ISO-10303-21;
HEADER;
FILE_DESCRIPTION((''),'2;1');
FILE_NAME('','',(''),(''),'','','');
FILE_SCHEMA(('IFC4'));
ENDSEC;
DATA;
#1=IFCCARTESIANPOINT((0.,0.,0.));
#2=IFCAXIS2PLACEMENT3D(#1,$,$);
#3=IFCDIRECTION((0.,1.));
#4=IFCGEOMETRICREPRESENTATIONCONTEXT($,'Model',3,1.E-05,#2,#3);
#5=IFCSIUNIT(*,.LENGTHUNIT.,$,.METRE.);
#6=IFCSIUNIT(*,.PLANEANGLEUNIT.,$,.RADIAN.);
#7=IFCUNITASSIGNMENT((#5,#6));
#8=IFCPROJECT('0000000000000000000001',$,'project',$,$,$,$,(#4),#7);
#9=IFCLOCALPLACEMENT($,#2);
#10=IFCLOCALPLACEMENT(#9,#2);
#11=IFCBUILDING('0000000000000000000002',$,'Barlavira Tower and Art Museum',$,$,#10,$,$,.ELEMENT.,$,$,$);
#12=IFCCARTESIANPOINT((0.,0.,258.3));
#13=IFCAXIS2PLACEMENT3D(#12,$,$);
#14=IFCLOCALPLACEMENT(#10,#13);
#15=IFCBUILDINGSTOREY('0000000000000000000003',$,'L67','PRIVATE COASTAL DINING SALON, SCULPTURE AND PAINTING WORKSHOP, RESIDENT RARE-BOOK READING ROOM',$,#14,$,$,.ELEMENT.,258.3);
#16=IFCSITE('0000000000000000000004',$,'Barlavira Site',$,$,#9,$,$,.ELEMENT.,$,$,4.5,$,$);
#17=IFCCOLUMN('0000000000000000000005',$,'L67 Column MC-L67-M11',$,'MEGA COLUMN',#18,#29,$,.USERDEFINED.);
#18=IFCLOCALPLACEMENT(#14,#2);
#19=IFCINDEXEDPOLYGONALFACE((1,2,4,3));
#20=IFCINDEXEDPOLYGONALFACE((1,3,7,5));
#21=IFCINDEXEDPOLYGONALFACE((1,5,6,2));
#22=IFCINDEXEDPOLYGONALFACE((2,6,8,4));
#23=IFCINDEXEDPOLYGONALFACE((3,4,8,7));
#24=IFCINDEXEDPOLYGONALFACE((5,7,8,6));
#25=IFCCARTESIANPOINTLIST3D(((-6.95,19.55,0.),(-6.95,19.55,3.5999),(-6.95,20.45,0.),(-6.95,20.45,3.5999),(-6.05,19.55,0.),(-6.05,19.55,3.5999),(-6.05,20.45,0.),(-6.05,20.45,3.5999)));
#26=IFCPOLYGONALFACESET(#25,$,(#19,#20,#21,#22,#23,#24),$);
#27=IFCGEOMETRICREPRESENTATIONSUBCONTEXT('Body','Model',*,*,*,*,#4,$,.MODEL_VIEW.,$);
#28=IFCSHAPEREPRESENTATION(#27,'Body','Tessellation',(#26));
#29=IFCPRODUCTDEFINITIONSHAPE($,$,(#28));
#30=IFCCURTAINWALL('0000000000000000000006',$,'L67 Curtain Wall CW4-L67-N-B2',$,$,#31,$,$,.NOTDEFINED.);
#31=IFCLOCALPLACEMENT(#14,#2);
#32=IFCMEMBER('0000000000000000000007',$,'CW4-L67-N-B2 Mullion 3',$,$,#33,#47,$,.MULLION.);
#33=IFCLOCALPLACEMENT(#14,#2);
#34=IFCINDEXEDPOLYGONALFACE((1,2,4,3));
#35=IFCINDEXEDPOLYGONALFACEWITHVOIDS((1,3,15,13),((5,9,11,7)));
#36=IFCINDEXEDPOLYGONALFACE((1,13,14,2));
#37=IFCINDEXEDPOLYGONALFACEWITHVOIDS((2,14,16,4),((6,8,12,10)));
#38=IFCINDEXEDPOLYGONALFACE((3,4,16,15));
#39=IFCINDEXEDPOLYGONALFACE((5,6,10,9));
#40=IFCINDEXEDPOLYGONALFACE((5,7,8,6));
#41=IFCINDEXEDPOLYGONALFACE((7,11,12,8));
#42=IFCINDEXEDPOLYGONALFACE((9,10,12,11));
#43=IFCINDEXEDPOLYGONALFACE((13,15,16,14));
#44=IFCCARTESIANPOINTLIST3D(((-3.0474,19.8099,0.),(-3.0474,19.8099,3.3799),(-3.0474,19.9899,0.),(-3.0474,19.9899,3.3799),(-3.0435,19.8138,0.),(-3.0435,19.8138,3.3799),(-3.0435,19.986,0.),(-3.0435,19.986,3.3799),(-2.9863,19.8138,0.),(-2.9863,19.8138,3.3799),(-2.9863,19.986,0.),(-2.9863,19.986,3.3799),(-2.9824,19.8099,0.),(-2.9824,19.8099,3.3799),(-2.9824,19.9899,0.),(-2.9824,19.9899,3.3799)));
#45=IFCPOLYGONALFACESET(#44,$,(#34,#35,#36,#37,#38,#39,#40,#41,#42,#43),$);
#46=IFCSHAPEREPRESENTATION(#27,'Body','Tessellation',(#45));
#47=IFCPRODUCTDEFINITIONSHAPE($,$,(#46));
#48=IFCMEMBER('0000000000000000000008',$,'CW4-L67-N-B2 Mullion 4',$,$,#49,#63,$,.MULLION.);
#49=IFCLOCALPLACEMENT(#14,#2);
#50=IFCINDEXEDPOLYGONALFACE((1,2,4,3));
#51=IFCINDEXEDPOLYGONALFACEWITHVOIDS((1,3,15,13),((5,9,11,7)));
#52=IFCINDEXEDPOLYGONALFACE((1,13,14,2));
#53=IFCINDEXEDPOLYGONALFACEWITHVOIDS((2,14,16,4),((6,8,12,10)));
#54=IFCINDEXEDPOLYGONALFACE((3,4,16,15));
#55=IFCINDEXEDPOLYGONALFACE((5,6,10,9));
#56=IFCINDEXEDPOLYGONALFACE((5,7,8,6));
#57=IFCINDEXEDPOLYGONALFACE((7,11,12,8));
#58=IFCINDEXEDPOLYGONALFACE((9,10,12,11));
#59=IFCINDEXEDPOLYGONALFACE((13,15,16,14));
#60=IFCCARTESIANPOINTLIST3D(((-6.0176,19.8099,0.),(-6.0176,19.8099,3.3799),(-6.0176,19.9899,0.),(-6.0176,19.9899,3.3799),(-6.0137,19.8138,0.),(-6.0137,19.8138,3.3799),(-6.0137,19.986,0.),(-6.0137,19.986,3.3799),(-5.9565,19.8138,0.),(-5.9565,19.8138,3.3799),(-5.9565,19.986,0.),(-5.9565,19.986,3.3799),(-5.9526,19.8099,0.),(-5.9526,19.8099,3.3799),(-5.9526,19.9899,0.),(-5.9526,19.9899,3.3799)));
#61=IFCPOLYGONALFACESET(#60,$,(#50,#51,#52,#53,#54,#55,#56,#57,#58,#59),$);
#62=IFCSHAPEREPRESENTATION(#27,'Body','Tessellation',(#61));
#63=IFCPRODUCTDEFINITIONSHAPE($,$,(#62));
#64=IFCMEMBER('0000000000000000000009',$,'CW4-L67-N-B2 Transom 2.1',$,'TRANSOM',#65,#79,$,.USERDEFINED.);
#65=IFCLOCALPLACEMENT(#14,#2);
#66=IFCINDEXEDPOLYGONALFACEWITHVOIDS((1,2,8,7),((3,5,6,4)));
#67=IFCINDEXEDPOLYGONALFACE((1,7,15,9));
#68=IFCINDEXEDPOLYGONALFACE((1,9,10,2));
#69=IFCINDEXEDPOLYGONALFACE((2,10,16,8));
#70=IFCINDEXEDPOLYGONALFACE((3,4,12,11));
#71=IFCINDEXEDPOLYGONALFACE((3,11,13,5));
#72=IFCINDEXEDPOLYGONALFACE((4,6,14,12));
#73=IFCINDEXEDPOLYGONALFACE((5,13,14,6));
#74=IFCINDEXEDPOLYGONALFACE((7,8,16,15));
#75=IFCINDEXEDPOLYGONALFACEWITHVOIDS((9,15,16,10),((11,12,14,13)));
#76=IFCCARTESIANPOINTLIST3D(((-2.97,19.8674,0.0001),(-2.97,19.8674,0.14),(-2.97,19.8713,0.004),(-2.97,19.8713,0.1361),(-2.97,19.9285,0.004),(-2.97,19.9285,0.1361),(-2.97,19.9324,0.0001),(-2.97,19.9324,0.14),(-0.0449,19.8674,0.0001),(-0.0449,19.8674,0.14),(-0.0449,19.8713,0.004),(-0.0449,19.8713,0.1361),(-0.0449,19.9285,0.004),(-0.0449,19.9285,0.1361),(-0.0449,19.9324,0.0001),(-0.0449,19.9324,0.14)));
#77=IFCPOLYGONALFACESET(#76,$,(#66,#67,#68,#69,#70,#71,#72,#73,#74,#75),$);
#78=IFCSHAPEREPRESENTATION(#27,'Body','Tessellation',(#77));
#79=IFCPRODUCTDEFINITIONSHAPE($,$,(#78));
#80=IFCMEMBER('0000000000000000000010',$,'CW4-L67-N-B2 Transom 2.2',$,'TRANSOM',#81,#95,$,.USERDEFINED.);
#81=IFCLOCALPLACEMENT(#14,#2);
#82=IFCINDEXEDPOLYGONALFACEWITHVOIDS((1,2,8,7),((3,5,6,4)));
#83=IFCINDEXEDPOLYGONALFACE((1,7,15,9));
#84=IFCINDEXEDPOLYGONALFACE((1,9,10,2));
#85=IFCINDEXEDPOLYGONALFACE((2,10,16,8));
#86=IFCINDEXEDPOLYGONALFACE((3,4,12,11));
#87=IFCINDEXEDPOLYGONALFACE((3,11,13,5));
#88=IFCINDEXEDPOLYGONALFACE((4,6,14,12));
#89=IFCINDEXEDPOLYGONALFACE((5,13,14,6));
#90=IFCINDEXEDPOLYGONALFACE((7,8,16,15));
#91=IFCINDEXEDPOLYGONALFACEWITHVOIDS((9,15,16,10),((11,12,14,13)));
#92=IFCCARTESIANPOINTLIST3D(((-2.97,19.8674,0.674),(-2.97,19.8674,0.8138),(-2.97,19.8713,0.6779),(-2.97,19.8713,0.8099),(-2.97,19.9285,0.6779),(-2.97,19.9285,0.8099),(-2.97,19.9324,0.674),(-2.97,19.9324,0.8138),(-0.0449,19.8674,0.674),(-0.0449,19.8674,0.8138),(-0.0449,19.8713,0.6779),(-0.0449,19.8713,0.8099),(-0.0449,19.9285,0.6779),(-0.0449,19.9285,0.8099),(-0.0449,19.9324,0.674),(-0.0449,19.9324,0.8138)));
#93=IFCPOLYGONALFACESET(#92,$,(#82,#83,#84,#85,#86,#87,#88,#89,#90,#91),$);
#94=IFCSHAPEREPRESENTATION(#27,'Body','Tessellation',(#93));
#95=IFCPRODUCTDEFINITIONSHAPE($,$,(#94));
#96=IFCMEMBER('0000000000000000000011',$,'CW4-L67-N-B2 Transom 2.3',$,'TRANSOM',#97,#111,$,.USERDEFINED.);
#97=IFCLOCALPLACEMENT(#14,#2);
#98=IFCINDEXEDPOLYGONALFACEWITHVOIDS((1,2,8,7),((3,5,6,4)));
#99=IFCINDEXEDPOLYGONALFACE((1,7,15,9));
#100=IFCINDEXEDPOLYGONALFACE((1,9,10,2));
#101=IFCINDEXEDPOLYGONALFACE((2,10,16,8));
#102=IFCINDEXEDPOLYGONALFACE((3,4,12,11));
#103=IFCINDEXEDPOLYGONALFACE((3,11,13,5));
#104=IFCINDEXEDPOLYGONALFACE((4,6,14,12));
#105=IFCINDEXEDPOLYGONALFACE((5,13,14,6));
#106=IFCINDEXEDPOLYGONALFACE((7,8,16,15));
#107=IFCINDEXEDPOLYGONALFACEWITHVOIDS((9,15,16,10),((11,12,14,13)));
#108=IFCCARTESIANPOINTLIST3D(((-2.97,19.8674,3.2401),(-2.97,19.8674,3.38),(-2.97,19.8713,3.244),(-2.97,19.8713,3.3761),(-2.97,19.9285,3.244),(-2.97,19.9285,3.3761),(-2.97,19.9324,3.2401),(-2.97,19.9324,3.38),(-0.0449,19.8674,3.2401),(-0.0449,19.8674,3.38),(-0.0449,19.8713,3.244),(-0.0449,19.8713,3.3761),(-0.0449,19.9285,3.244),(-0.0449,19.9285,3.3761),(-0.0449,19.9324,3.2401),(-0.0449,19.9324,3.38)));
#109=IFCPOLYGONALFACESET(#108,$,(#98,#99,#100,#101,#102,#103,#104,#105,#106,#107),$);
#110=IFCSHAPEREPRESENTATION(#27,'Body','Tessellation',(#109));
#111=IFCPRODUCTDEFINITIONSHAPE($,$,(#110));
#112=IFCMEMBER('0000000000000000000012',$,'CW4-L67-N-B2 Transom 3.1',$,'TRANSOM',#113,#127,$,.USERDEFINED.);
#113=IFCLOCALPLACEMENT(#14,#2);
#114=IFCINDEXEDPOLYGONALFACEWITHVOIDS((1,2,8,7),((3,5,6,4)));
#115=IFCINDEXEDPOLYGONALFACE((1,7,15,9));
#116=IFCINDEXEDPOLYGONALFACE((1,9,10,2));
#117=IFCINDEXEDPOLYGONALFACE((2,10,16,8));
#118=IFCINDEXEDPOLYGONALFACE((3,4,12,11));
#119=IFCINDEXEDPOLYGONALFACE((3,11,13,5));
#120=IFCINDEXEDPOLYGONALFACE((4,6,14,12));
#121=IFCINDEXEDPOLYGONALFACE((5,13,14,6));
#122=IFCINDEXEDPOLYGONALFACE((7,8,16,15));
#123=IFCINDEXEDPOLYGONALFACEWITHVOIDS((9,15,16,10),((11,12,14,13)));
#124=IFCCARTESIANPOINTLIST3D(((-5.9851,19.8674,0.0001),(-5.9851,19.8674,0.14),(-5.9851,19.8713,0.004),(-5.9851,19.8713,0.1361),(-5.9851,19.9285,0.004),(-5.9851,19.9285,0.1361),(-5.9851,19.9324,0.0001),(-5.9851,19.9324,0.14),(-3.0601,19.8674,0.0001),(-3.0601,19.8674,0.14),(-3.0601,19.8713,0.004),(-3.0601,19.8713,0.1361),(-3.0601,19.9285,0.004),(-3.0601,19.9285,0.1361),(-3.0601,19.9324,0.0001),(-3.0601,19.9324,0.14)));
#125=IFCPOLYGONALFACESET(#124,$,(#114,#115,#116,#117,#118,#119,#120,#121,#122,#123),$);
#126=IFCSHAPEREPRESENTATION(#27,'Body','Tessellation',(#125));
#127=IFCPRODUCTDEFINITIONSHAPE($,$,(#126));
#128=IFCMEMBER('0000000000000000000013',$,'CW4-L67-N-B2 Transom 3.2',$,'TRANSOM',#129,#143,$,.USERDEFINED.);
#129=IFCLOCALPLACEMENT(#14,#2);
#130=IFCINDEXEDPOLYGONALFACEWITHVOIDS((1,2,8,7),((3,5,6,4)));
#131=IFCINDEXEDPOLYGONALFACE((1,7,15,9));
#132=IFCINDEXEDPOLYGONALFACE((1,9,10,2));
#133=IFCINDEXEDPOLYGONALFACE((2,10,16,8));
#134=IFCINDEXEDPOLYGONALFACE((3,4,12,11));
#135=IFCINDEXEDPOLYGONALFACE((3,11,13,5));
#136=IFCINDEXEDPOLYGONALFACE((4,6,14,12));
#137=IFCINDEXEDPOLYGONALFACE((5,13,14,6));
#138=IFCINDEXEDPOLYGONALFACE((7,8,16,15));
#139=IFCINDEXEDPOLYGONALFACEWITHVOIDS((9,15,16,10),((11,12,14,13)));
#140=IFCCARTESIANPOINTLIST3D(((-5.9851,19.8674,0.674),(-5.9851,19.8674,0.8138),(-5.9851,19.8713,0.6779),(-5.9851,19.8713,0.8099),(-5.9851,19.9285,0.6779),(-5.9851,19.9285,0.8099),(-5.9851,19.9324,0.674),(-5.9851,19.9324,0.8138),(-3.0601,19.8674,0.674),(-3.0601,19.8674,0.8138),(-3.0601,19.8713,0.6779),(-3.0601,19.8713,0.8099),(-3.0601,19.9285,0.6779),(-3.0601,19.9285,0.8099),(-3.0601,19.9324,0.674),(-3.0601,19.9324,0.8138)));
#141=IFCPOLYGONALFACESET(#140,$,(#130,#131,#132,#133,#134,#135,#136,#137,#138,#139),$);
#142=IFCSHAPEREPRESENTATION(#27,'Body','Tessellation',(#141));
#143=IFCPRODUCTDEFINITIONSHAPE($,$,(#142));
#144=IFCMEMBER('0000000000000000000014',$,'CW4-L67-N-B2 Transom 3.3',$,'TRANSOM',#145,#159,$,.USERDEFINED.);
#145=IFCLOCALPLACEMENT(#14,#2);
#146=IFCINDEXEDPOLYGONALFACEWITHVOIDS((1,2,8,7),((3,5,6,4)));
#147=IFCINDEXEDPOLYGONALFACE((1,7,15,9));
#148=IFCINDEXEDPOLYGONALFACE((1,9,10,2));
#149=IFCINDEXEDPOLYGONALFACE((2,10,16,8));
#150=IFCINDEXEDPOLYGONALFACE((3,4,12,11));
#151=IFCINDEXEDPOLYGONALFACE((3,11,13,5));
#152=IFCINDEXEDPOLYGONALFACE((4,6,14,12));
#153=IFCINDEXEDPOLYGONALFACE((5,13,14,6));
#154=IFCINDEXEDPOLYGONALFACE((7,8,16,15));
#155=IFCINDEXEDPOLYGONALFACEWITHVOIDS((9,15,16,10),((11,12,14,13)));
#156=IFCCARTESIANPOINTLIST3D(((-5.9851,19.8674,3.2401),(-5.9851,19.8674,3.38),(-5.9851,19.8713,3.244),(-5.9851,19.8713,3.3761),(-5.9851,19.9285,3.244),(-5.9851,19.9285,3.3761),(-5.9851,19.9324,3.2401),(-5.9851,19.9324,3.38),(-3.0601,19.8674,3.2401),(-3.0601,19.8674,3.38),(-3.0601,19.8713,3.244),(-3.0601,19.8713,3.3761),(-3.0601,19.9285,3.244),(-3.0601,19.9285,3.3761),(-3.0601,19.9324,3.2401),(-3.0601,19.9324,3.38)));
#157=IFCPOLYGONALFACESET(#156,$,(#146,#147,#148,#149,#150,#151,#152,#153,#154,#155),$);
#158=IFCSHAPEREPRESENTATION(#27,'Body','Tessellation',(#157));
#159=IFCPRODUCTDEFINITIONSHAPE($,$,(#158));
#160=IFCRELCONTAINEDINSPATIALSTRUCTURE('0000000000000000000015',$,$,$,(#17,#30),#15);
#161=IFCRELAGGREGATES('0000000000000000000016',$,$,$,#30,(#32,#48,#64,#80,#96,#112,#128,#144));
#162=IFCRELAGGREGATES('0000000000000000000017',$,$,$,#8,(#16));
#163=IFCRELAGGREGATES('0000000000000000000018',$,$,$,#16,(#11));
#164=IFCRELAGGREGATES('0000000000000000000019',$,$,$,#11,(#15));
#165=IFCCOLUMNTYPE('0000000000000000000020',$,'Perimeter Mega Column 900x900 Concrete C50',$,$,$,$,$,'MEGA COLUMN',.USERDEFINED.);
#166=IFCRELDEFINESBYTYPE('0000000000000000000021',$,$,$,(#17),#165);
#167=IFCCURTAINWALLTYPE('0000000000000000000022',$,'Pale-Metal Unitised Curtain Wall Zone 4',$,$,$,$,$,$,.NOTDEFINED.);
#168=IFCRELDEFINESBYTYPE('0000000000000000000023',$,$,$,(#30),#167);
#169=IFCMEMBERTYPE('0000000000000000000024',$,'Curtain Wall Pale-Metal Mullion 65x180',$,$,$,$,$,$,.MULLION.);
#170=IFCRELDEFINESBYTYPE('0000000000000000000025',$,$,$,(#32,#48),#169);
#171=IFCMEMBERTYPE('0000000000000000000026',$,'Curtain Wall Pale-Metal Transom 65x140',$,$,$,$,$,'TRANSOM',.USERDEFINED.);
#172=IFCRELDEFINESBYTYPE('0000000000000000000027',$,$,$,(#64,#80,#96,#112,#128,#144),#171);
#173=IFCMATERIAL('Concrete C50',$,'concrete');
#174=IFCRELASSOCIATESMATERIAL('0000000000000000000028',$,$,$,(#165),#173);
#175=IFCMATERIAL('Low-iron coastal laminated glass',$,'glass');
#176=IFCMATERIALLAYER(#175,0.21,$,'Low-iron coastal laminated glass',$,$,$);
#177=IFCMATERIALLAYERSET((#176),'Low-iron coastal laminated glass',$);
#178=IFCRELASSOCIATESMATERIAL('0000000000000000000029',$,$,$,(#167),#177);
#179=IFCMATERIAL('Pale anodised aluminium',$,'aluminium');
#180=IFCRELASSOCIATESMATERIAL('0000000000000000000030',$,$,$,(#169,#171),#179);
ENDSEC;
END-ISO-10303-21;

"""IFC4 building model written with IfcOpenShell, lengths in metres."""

from ifc_helpers import new_model, si_unit, direction, frame, origin, origin_2d, place, context, subcontext, project, spatial, rectangle, hollow_rectangle, extrude, material, layer, layer_set, material_profile, profile_set, type_object, element, aggregate, save


model = new_model("IFC4")

# Units and contexts
model_context = context("Model", 3, precision=1e-05, world=origin(), true_north=direction((0.0, 1.0)))
body_context = subcontext(model_context, "Body", "Model", "MODEL_VIEW")
ifc_project = project(units=[si_unit("LENGTHUNIT", "METRE"), si_unit("PLANEANGLEUNIT", "RADIAN")], contexts=[model_context])

# Site, building, storey
site_placement = place(None, origin())
site = spatial("IfcSite", under=ifc_project, at=site_placement, Name="Barlavira Site", CompositionType="ELEMENT", RefElevation=4.5)
building_placement = place(site_placement, origin())
building = spatial("IfcBuilding", under=site, at=building_placement, Name="Barlavira Tower and Art Museum", CompositionType="ELEMENT")
storey_placement = place(building_placement, frame((0.0, 0.0, 258.3)))
storey = spatial("IfcBuildingStorey", under=building, at=storey_placement, Name="L67", Description="PRIVATE COASTAL DINING SALON, SCULPTURE AND PAINTING WORKSHOP, RESIDENT RARE-BOOK READING ROOM", CompositionType="ELEMENT", Elevation=258.3)

# Column
ifc_material_1 = material(Name="Concrete C50", Category="concrete")
ifc_material_profile_1 = material_profile(ifc_material_1, rectangle(XDim=0.8999, YDim=0.8999, at=origin_2d()), Name="RC-COL 900x900")
ifc_profile_set_1 = profile_set([ifc_material_profile_1], Name="Concrete C50")
column_type = type_object("IfcColumnType", Name="Perimeter Mega Column 900x900 Concrete C50", ElementType="MEGA COLUMN", PredefinedType="USERDEFINED", material=ifc_profile_set_1)
column_placement = place(storey_placement, frame((-6.5, 20.0, 0.0), z_axis=(0.0, 0.0, 1.0), x_axis=(1.0, 0.0, 0.0)))
element("IfcColumn", 1, at=column_placement, inside=storey, type_object=column_type, Name="L67 Column MC-L67-M11", ObjectType="MEGA COLUMN", PredefinedType="USERDEFINED", context=body_context, shape_type="SweptSolid", body=[
    extrude(rectangle(XDim=0.8999, YDim=0.8999, at=origin_2d()), origin(), (0.0, 0.0, 1.0), 3.5999),
])

# Curtain wall, members
ifc_material_2 = material(Name="Low-iron coastal laminated glass", Category="glass")
ifc_layer_1 = layer(ifc_material_2, 0.21, Name="Low-iron coastal laminated glass")
ifc_layer_set_1 = layer_set([ifc_layer_1], Name="Low-iron coastal laminated glass")
curtain_wall_type = type_object("IfcCurtainWallType", Name="Pale-Metal Unitised Curtain Wall Zone 4", PredefinedType="NOTDEFINED", material=ifc_layer_set_1)
curtain_wall_placement = place(storey_placement, origin())
curtain_wall = element("IfcCurtainWall", 2, at=curtain_wall_placement, inside=storey, type_object=curtain_wall_type, Name="L67 Curtain Wall CW4-L67-N-B2", PredefinedType="NOTDEFINED")
ifc_material_3 = material(Name="Pale anodised aluminium", Category="aluminium")
ifc_material_profile_2 = material_profile(ifc_material_3, hollow_rectangle(XDim=0.0649, YDim=0.1799, WallThickness=0.0039, at=origin_2d()), Name="ALU-MULL 65x180x4")
ifc_profile_set_2 = profile_set([ifc_material_profile_2], Name="Pale anodised aluminium")
member_type_1 = type_object("IfcMemberType", Name="Curtain Wall Pale-Metal Mullion 65x180", PredefinedType="MULLION", material=ifc_profile_set_2)
member_1_placement = place(storey_placement, frame((-3.0149, 19.8999, 0.0), z_axis=(0.0, 0.0, 1.0), x_axis=(-1.0, 0.0, 0.0)))
member_1 = element("IfcMember", 3, at=member_1_placement, type_object=member_type_1, Name="CW4-L67-N-B2 Mullion 3", PredefinedType="MULLION", context=body_context, shape_type="SweptSolid", body=[
    extrude(hollow_rectangle(XDim=0.0649, YDim=0.1799, WallThickness=0.0039, at=origin_2d()), origin(), (0.0, 0.0, 1.0), 3.3799),
])
member_2_placement = place(storey_placement, frame((-5.9851, 19.8999, 0.0), z_axis=(0.0, 0.0, 1.0), x_axis=(-1.0, 0.0, 0.0)))
member_2 = element("IfcMember", 4, at=member_2_placement, type_object=member_type_1, Name="CW4-L67-N-B2 Mullion 4", PredefinedType="MULLION", context=body_context, shape_type="SweptSolid", body=[
    extrude(hollow_rectangle(XDim=0.0649, YDim=0.1799, WallThickness=0.0039, at=origin_2d()), origin(), (0.0, 0.0, 1.0), 3.3799),
])
ifc_material_profile_3 = material_profile(ifc_material_3, hollow_rectangle(XDim=0.0649, YDim=0.1399, WallThickness=0.0039, at=origin_2d()), Name="ALU-TRAN 65x140x4")
ifc_profile_set_3 = profile_set([ifc_material_profile_3], Name="Pale anodised aluminium")
member_type_2 = type_object("IfcMemberType", Name="Curtain Wall Pale-Metal Transom 65x140", ElementType="TRANSOM", PredefinedType="USERDEFINED", material=ifc_profile_set_3)
member_3_placement = place(storey_placement, frame((-0.0449, 19.8999, 0.0701), z_axis=(-1.0, 0.0, 0.0), x_axis=(0.0, -1.0, 0.0)))
member_3 = element("IfcMember", 5, at=member_3_placement, type_object=member_type_2, Name="CW4-L67-N-B2 Transom 2.1", ObjectType="TRANSOM", PredefinedType="USERDEFINED", context=body_context, shape_type="SweptSolid", body=[
    extrude(hollow_rectangle(XDim=0.0649, YDim=0.1399, WallThickness=0.0039, at=origin_2d()), origin(), (0.0, 0.0, 1.0), 2.925),
])
member_4_placement = place(storey_placement, frame((-0.0449, 19.8999, 0.7439), z_axis=(-1.0, 0.0, 0.0), x_axis=(0.0, -1.0, 0.0)))
member_4 = element("IfcMember", 6, at=member_4_placement, type_object=member_type_2, Name="CW4-L67-N-B2 Transom 2.2", ObjectType="TRANSOM", PredefinedType="USERDEFINED", context=body_context, shape_type="SweptSolid", body=[
    extrude(hollow_rectangle(XDim=0.0649, YDim=0.1399, WallThickness=0.0039, at=origin_2d()), origin(), (0.0, 0.0, 1.0), 2.925),
])
member_5_placement = place(storey_placement, frame((-0.0449, 19.8999, 3.3101), z_axis=(-1.0, 0.0, 0.0), x_axis=(0.0, -1.0, 0.0)))
member_5 = element("IfcMember", 7, at=member_5_placement, type_object=member_type_2, Name="CW4-L67-N-B2 Transom 2.3", ObjectType="TRANSOM", PredefinedType="USERDEFINED", context=body_context, shape_type="SweptSolid", body=[
    extrude(hollow_rectangle(XDim=0.0649, YDim=0.1399, WallThickness=0.0039, at=origin_2d()), origin(), (0.0, 0.0, 1.0), 2.925),
])
member_6_placement = place(storey_placement, frame((-3.0601, 19.8999, 0.0701), z_axis=(-1.0, 0.0, 0.0), x_axis=(0.0, -1.0, 0.0)))
member_6 = element("IfcMember", 8, at=member_6_placement, type_object=member_type_2, Name="CW4-L67-N-B2 Transom 3.1", ObjectType="TRANSOM", PredefinedType="USERDEFINED", context=body_context, shape_type="SweptSolid", body=[
    extrude(hollow_rectangle(XDim=0.0649, YDim=0.1399, WallThickness=0.0039, at=origin_2d()), origin(), (0.0, 0.0, 1.0), 2.925),
])
member_7_placement = place(storey_placement, frame((-3.0601, 19.8999, 0.7439), z_axis=(-1.0, 0.0, 0.0), x_axis=(0.0, -1.0, 0.0)))
member_7 = element("IfcMember", 9, at=member_7_placement, type_object=member_type_2, Name="CW4-L67-N-B2 Transom 3.2", ObjectType="TRANSOM", PredefinedType="USERDEFINED", context=body_context, shape_type="SweptSolid", body=[
    extrude(hollow_rectangle(XDim=0.0649, YDim=0.1399, WallThickness=0.0039, at=origin_2d()), origin(), (0.0, 0.0, 1.0), 2.925),
])
member_8_placement = place(storey_placement, frame((-3.0601, 19.8999, 3.3101), z_axis=(-1.0, 0.0, 0.0), x_axis=(0.0, -1.0, 0.0)))
member_8 = element("IfcMember", 10, at=member_8_placement, type_object=member_type_2, Name="CW4-L67-N-B2 Transom 3.3", ObjectType="TRANSOM", PredefinedType="USERDEFINED", context=body_context, shape_type="SweptSolid", body=[
    extrude(hollow_rectangle(XDim=0.0649, YDim=0.1399, WallThickness=0.0039, at=origin_2d()), origin(), (0.0, 0.0, 1.0), 2.925),
])

aggregate(curtain_wall, [member_1, member_2, member_3, member_4, member_5, member_6, member_7, member_8])

save(model, "model.ifc")
